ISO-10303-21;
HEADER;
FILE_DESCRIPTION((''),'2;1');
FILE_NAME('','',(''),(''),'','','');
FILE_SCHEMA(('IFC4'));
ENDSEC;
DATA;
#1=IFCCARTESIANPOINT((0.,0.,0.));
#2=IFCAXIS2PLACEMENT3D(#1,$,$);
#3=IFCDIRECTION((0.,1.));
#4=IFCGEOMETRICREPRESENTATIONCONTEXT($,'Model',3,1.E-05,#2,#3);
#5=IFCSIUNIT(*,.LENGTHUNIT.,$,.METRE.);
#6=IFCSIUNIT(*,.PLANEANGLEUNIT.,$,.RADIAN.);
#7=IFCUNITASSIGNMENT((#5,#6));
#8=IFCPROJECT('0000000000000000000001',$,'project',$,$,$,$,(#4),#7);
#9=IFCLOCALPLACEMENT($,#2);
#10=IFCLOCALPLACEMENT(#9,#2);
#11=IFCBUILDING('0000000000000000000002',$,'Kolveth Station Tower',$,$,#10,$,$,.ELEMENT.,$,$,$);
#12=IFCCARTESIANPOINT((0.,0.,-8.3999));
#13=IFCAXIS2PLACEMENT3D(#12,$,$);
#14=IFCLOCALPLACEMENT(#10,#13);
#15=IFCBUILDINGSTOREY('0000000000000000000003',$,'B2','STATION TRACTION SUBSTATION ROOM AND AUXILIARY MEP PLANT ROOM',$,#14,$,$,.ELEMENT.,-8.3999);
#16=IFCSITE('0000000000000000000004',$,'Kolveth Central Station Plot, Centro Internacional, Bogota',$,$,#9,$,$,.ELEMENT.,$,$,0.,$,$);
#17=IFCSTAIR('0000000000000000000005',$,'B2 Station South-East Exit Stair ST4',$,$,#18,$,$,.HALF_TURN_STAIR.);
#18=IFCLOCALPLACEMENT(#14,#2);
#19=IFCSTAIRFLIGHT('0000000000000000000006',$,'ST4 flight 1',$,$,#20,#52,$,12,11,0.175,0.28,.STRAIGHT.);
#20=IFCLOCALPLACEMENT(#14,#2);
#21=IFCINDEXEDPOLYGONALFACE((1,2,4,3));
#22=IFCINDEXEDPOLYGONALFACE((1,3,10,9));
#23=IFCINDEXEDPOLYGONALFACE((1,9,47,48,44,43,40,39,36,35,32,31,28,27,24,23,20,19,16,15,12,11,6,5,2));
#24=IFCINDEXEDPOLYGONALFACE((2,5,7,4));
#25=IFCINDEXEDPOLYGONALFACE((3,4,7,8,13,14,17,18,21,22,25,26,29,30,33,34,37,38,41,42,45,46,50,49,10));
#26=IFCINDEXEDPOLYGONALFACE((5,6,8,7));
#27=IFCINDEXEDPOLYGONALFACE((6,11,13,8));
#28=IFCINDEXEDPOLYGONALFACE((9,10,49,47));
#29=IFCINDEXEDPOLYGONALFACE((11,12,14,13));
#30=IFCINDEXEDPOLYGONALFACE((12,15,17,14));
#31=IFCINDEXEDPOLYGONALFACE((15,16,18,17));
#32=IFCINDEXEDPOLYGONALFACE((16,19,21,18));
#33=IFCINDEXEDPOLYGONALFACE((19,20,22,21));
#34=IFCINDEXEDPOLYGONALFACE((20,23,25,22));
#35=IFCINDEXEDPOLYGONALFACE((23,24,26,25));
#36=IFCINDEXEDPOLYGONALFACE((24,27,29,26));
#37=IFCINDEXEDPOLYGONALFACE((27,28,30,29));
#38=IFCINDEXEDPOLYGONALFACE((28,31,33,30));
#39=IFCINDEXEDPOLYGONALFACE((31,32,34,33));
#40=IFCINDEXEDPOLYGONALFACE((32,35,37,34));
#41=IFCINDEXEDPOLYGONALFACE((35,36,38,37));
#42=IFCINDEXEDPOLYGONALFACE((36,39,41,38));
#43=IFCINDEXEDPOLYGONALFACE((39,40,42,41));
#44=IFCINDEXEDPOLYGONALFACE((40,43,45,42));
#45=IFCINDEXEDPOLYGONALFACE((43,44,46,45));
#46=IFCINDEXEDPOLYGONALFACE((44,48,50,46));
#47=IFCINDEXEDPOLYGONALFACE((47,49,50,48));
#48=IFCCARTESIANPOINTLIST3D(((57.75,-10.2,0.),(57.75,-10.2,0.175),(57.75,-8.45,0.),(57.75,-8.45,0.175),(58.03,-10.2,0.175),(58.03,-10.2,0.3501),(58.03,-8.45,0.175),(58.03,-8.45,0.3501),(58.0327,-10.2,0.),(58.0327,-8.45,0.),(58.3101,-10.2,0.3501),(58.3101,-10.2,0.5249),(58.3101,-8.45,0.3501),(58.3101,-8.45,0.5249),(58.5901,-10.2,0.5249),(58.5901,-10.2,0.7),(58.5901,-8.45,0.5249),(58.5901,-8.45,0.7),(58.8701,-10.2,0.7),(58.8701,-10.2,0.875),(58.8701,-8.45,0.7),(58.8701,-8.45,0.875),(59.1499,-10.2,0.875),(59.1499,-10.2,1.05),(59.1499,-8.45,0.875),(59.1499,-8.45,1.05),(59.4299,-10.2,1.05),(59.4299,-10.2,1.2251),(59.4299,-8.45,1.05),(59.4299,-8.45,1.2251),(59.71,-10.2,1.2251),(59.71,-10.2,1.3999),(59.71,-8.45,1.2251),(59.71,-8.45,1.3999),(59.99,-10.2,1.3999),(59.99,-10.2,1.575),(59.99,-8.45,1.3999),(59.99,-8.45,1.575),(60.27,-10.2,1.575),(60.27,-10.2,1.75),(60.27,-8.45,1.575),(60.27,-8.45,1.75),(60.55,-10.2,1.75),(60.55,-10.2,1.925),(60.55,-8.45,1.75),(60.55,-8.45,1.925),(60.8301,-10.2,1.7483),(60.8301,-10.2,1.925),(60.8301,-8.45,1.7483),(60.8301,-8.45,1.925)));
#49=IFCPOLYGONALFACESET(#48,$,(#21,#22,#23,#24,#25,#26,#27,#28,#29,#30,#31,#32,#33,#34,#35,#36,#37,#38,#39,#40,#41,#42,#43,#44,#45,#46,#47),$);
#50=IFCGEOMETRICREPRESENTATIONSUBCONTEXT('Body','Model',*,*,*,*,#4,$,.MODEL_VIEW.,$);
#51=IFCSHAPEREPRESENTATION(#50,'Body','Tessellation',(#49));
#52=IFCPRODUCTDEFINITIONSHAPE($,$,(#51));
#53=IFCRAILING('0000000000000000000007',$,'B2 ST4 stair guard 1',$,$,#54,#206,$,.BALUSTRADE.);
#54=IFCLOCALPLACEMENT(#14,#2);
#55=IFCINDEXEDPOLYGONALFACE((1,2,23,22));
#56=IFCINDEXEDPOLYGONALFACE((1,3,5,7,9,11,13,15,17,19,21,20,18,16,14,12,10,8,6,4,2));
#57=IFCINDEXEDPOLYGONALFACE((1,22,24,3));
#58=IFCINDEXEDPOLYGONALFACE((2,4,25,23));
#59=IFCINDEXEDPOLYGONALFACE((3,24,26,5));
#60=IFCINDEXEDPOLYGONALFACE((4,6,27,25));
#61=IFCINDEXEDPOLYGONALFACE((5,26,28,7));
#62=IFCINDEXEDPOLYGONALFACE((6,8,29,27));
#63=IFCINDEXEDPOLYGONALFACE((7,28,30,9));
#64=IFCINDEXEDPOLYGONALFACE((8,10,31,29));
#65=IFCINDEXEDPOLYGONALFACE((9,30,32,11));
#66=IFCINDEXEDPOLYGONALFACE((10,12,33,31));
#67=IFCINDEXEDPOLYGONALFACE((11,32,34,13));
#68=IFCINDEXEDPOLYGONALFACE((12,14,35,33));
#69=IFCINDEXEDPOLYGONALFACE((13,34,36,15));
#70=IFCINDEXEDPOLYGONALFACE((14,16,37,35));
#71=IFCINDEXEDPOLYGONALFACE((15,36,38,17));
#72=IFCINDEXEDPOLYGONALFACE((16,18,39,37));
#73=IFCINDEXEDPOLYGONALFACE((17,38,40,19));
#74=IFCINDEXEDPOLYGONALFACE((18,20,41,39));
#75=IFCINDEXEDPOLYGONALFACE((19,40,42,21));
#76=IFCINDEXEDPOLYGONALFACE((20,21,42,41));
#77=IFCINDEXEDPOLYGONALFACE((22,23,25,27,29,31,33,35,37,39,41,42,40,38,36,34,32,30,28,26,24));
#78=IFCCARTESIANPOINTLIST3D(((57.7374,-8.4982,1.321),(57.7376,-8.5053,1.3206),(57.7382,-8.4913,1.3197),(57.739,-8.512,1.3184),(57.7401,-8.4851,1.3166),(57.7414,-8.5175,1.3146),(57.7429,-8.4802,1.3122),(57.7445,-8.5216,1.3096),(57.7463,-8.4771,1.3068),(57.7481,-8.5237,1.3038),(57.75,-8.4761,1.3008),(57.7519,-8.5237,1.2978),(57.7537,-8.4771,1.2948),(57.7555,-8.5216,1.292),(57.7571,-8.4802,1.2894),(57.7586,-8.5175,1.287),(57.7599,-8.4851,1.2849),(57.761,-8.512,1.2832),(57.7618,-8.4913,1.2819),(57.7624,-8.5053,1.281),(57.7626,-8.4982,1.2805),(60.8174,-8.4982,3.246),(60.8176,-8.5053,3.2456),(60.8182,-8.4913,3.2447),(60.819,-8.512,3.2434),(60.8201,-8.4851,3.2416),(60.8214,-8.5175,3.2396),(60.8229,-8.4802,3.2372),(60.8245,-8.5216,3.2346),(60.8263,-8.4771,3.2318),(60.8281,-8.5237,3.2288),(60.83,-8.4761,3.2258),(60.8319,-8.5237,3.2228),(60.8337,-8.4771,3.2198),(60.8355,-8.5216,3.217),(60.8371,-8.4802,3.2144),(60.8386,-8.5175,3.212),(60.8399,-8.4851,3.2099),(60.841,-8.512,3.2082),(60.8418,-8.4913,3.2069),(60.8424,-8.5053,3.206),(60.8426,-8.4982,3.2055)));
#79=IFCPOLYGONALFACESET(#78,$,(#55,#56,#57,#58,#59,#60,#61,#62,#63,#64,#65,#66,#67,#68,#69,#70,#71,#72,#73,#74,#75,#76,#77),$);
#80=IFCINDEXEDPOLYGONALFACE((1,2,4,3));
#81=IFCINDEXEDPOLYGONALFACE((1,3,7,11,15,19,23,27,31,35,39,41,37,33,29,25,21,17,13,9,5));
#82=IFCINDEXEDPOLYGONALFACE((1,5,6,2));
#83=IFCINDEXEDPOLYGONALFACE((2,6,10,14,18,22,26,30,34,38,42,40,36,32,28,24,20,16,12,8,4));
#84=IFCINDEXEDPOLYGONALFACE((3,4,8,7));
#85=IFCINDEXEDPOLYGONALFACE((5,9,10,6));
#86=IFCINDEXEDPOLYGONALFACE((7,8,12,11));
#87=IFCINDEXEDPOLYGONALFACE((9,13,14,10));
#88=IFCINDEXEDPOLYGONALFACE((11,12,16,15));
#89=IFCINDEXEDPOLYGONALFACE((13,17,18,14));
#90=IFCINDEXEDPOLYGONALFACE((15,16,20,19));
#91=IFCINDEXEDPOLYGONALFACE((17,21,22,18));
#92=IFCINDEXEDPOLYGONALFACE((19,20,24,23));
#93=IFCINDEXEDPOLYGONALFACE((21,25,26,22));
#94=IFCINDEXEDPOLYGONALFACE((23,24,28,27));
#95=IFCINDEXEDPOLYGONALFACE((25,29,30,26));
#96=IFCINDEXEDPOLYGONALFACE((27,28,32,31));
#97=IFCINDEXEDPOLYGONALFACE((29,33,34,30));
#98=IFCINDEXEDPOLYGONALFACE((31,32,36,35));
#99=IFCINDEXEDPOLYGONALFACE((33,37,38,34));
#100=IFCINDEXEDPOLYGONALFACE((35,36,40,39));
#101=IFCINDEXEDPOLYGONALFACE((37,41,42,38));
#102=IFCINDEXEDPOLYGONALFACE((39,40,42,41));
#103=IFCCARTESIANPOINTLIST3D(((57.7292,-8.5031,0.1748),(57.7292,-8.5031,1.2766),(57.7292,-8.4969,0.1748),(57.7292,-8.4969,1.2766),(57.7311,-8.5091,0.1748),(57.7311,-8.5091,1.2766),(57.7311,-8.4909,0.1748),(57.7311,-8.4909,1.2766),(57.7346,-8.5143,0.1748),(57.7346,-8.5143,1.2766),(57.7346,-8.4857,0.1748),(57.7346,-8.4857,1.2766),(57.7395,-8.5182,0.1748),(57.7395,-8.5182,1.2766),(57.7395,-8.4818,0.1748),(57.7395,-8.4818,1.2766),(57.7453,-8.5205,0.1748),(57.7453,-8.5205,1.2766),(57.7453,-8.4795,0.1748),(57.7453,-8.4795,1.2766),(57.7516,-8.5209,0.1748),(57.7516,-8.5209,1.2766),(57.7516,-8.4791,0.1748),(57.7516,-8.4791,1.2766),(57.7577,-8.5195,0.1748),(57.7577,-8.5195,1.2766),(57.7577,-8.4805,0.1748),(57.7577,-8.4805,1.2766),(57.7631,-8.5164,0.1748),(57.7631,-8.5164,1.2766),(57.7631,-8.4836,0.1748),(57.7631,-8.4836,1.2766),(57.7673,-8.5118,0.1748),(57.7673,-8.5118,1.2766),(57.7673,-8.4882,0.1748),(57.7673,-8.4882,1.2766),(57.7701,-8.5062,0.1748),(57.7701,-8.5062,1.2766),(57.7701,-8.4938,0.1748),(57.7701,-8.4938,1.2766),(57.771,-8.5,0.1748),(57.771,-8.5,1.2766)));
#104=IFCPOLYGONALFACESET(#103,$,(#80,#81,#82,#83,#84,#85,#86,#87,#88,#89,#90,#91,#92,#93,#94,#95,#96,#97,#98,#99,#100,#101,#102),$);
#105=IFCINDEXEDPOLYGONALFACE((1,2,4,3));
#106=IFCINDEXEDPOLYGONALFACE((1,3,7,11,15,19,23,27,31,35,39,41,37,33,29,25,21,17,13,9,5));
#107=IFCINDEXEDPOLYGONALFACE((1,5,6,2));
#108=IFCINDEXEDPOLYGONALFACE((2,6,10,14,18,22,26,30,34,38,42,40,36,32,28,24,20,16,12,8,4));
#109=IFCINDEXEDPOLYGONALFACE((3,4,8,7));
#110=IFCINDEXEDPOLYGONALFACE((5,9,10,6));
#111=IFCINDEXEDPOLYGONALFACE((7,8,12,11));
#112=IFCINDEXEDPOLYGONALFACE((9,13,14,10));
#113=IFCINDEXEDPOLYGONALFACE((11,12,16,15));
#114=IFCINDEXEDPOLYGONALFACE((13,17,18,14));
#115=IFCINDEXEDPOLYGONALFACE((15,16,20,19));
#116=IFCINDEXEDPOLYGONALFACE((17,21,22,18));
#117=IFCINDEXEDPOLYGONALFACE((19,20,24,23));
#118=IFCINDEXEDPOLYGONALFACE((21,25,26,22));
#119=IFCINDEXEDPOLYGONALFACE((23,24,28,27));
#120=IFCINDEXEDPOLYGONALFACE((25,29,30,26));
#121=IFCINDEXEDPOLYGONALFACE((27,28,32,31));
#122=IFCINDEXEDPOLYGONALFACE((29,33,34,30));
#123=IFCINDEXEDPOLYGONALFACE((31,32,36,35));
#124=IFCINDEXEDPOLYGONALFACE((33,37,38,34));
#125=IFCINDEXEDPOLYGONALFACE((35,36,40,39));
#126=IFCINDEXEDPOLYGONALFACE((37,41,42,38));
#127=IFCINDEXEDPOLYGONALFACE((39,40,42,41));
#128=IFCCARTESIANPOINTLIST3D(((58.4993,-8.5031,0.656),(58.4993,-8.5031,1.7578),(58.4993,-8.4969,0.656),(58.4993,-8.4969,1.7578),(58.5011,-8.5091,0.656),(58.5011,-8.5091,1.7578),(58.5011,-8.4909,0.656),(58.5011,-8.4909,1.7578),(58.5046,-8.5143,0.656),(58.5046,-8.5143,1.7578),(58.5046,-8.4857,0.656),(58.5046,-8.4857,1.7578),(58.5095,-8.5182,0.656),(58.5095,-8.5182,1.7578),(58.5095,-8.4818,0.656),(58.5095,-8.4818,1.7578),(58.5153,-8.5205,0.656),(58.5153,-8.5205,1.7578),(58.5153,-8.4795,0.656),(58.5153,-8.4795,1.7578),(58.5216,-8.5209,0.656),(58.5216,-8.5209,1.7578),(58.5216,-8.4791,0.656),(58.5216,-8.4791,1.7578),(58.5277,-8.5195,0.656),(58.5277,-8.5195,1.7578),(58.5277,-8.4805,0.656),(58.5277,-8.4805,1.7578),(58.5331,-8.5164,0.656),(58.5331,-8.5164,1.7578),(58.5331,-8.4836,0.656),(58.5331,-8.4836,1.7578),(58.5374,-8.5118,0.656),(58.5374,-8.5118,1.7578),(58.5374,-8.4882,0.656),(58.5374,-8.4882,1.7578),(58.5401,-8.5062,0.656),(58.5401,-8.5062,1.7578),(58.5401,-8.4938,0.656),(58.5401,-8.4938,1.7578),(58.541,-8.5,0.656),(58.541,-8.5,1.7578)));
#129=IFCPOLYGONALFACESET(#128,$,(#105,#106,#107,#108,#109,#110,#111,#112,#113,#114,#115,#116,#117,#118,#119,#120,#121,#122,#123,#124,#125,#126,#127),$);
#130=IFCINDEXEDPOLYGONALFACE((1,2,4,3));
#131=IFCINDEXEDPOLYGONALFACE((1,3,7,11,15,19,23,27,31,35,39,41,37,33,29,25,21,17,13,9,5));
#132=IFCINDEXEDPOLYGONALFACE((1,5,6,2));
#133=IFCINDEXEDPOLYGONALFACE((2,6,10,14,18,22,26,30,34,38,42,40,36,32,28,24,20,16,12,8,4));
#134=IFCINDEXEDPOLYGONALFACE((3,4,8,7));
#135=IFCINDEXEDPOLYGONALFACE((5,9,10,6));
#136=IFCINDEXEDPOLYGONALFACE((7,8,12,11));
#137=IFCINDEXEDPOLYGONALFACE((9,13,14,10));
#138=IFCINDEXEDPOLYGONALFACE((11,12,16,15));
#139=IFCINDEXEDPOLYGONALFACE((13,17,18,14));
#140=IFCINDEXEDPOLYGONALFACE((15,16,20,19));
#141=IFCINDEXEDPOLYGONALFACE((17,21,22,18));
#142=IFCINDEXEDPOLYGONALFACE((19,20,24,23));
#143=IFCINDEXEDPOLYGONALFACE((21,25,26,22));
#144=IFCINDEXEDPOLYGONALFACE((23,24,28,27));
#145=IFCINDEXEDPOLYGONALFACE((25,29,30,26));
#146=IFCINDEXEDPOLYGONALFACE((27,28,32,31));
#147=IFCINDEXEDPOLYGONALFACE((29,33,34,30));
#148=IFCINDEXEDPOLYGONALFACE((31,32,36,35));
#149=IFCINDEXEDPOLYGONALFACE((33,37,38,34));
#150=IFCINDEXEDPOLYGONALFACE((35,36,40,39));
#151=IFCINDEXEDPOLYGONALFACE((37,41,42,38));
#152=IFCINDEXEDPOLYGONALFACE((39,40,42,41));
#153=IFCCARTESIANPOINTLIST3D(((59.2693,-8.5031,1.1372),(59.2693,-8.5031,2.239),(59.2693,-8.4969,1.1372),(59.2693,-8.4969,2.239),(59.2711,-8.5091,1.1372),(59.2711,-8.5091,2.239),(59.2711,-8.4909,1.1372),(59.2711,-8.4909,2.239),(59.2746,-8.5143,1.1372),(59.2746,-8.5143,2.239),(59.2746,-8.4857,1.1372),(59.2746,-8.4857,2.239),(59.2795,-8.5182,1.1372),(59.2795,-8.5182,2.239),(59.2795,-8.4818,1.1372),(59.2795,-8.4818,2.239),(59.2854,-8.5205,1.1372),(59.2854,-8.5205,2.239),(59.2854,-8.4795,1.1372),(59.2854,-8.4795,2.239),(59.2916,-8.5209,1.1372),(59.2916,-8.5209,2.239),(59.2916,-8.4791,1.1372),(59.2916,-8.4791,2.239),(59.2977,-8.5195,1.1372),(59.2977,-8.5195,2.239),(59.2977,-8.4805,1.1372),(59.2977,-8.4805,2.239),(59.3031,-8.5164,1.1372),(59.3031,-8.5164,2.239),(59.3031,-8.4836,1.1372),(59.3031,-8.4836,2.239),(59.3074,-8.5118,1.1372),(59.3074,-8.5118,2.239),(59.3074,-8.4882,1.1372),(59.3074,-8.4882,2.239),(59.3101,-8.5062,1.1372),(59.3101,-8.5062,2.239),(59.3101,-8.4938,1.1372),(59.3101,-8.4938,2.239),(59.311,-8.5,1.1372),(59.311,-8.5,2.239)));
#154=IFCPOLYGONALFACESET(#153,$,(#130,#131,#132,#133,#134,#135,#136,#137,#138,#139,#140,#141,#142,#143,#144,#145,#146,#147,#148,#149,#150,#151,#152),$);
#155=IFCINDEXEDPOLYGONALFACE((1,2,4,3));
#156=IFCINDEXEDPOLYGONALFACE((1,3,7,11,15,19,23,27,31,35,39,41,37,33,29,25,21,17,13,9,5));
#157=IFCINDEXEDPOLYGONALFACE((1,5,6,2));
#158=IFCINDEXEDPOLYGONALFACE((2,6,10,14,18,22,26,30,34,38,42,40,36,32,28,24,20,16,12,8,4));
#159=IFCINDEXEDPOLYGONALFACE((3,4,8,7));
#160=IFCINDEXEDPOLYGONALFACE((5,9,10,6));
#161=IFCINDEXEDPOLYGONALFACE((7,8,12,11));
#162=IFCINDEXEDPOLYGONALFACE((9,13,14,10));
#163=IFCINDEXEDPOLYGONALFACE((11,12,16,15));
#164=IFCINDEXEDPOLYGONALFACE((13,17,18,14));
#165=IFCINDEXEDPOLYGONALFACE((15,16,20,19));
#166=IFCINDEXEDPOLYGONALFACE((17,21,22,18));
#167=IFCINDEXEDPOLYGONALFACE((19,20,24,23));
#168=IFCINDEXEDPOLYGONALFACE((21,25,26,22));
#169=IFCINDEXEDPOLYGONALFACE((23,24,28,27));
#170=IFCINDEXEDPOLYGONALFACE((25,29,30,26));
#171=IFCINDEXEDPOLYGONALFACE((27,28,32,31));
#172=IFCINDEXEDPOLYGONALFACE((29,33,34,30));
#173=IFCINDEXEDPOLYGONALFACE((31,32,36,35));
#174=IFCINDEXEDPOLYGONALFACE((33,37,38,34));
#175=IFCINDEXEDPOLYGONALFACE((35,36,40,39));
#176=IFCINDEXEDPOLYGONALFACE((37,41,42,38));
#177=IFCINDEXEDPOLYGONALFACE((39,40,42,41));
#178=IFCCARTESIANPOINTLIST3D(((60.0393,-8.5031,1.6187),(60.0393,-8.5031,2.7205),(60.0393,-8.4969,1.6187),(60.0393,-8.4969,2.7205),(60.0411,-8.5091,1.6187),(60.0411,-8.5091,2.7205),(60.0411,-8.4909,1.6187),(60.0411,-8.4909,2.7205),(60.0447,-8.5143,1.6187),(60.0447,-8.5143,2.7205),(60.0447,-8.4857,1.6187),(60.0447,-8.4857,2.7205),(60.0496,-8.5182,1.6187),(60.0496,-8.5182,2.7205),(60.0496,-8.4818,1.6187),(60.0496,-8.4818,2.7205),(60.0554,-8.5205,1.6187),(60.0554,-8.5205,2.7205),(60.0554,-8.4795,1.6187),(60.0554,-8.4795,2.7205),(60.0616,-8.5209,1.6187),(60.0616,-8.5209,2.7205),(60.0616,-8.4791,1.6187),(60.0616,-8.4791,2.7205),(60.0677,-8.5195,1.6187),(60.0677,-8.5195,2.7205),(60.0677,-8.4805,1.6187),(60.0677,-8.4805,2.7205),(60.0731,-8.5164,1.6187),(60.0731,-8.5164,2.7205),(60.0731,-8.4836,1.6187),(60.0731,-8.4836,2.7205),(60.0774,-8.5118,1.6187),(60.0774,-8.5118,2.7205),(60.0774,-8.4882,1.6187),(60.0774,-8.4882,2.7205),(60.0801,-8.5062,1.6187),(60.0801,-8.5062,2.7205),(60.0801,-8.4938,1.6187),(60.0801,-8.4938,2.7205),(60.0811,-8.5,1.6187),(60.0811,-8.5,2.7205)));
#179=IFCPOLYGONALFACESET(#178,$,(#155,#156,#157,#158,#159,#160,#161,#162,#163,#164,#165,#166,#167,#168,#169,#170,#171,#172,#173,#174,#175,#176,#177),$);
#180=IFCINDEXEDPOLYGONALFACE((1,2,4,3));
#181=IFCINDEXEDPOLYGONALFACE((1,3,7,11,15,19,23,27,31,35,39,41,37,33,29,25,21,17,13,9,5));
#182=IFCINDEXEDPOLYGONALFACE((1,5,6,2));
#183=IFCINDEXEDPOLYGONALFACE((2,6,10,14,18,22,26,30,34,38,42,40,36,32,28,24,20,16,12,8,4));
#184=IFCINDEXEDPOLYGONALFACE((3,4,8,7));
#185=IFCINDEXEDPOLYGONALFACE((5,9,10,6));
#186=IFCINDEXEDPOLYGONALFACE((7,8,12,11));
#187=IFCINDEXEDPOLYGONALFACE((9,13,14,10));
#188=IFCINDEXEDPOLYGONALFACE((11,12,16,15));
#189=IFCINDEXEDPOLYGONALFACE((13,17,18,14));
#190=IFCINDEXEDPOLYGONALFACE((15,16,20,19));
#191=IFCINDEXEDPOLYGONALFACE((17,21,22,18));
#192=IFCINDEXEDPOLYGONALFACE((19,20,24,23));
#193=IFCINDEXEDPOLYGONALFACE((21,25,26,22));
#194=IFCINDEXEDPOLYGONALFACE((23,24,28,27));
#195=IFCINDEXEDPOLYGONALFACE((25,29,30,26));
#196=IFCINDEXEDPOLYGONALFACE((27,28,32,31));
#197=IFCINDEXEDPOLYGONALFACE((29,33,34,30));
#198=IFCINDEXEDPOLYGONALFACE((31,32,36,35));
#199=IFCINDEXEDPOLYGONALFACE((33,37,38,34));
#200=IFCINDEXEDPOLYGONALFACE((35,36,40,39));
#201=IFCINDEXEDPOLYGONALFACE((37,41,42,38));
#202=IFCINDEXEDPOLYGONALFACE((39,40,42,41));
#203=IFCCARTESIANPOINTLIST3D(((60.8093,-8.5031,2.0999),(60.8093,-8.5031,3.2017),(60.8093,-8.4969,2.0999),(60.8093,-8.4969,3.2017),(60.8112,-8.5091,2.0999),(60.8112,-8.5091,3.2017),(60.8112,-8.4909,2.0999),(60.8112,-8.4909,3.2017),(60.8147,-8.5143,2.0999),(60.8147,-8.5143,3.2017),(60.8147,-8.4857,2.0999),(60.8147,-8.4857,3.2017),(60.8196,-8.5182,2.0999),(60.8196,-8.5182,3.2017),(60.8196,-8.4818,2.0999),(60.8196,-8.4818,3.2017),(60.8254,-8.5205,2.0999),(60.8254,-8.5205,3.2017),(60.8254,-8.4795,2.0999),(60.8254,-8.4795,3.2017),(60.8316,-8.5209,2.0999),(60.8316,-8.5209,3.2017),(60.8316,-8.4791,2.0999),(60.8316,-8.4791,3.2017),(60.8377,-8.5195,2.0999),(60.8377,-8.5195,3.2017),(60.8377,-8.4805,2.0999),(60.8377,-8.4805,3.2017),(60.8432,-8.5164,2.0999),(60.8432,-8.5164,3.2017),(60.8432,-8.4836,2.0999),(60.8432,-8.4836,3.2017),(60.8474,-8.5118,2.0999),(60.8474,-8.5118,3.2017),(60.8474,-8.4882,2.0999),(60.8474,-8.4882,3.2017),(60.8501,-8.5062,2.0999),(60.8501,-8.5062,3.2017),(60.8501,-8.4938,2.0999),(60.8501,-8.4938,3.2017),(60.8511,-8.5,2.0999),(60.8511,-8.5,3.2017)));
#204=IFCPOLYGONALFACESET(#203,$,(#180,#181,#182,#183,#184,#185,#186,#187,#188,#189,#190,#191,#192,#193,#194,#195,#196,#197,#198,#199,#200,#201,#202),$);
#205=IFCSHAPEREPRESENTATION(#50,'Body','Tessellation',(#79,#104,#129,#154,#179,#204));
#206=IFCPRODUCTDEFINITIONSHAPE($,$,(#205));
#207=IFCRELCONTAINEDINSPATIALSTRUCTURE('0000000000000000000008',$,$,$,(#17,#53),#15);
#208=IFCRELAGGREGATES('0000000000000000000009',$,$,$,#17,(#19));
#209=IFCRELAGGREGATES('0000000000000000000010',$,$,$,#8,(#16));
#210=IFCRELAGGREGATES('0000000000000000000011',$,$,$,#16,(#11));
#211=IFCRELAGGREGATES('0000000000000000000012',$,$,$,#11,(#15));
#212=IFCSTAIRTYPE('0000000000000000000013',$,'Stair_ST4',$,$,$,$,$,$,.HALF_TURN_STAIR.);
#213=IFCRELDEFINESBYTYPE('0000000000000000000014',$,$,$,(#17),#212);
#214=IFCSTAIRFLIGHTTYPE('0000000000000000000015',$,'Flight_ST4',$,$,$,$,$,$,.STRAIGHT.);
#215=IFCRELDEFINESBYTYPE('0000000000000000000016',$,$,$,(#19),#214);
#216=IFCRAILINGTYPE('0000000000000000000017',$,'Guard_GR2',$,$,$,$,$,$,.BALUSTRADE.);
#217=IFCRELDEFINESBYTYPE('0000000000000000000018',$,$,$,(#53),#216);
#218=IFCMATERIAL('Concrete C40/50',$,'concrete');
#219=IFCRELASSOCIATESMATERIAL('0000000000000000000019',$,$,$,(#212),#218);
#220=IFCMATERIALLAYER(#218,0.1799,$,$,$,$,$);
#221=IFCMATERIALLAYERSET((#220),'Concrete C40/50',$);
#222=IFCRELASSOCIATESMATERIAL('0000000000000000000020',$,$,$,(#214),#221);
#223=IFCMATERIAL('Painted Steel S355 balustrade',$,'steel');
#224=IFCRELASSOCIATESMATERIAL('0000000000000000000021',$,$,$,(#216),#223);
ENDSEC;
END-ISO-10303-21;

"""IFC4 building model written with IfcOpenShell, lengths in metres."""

from ifc_helpers import new_model, si_unit, direction, frame, origin, origin_2d, place, context, subcontext, project, spatial, polyline, circle, outline, extrude, material, layer, layer_set, type_object, element, aggregate, save


model = new_model("IFC4")

# Units and contexts
model_context = context("Model", 3, precision=1e-05, world=origin(), true_north=direction((0.0, 1.0)))
body_context = subcontext(model_context, "Body", "Model", "MODEL_VIEW")
ifc_project = project(units=[si_unit("LENGTHUNIT", "METRE"), si_unit("PLANEANGLEUNIT", "RADIAN")], contexts=[model_context])

# Site, building, storey
site_placement = place(None, origin())
site = spatial("IfcSite", under=ifc_project, at=site_placement, Name="Kolveth Central Station Plot, Centro Internacional, Bogota", CompositionType="ELEMENT", RefElevation=0.0)
building_placement = place(site_placement, origin())
building = spatial("IfcBuilding", under=site, at=building_placement, Name="Kolveth Station Tower", CompositionType="ELEMENT")
storey_placement = place(building_placement, frame((0.0, 0.0, -8.3999)))
storey = spatial("IfcBuildingStorey", under=building, at=storey_placement, Name="B2", Description="STATION TRACTION SUBSTATION ROOM AND AUXILIARY MEP PLANT ROOM", CompositionType="ELEMENT", Elevation=-8.3999)

# Shared definitions
ifc_material_1 = material(Name="Concrete C40/50", Category="concrete")

# Stair, stair flight
stair_type = type_object("IfcStairType", Name="Stair_ST4", PredefinedType="HALF_TURN_STAIR", material=ifc_material_1)
stair_placement = place(storey_placement, origin())
stair = element("IfcStair", 1, at=stair_placement, inside=storey, type_object=stair_type, Name="B2 Station South-East Exit Stair ST4", PredefinedType="HALF_TURN_STAIR")
ifc_layer_1 = layer(ifc_material_1, 0.1799)
ifc_layer_set_1 = layer_set([ifc_layer_1], Name="Concrete C40/50")
stair_flight_type = type_object("IfcStairFlightType", Name="Flight_ST4", PredefinedType="STRAIGHT", material=ifc_layer_set_1)
stair_flight_placement = place(storey_placement, frame((57.75, -9.325, 0.0), z_axis=(0.0, 0.0, 1.0), x_axis=(1.0, 0.0, 0.0)))
stair_flight = element("IfcStairFlight", 2, at=stair_flight_placement, type_object=stair_flight_type, Name="ST4 flight 1", NumberOfRisers=12, NumberOfTreads=11, PredefinedType="STRAIGHT", RiserHeight=0.175, TreadLength=0.28, context=body_context, shape_type="SweptSolid", body=[
    extrude(outline(polyline([(0.0, 0.0), (0.0, 0.175), (0.28, 0.175), (0.28, 0.3501), (0.5601, 0.3501), (0.5601, 0.5249), (0.8401, 0.5249), (0.8401, 0.7), (1.1201, 0.7), (1.1201, 0.875), (1.3999, 0.875), (1.3999, 1.05), (1.6799, 1.05), (1.6799, 1.2251), (1.96, 1.2251), (1.96, 1.3999), (2.24, 1.3999), (2.24, 1.575), (2.52, 1.575), (2.52, 1.75), (2.8, 1.75), (2.8, 1.925), (3.0801, 1.925), (3.0801, 2.1001), (3.0801, 1.7483), (0.2827, 0.0), (0.0, 0.0)])), frame((0.0, 0.875, 0.0), z_axis=(0.0, -1.0, 0.0), x_axis=(1.0, 0.0, 0.0)), (0.0, 0.0, 1.0), 1.75),
])
aggregate(stair, [stair_flight])

# Railing
ifc_material_2 = material(Name="Painted Steel S355 balustrade", Category="steel")
railing_type_1 = type_object("IfcRailingType", Name="Guard_GR2", PredefinedType="BALUSTRADE", material=ifc_material_2)
railing_1_placement = place(storey_placement, frame((57.75, -8.5, 0.1748)))
element("IfcRailing", 3, at=railing_1_placement, inside=storey, type_object=railing_type_1, Name="B2 ST4 stair guard 1", PredefinedType="BALUSTRADE", context=body_context, shape_type="SweptSolid", body=[
    extrude(circle(Radius=0.0239, at=origin_2d()), frame((0.0, 0.0, 1.126), z_axis=(0.847998, 0.0, 0.529999), x_axis=(0.0, 1.0, 0.0)), (0.0, 0.0, 1.0), 3.6321),
    extrude(circle(Radius=0.021, at=origin_2d()), origin(), (0.0, 0.0, 1.0), 1.1018),
    extrude(circle(Radius=0.021, at=origin_2d()), frame((0.77, 0.0, 0.4812)), (0.0, 0.0, 1.0), 1.1018),
    extrude(circle(Radius=0.021, at=origin_2d()), frame((1.54, 0.0, 0.9624)), (0.0, 0.0, 1.0), 1.1018),
    extrude(circle(Radius=0.021, at=origin_2d()), frame((2.3101, 0.0, 1.4438)), (0.0, 0.0, 1.0), 1.1018),
    extrude(circle(Radius=0.021, at=origin_2d()), frame((3.0801, 0.0, 1.925)), (0.0, 0.0, 1.0), 1.1018),
])

save(model, "model.ifc")
